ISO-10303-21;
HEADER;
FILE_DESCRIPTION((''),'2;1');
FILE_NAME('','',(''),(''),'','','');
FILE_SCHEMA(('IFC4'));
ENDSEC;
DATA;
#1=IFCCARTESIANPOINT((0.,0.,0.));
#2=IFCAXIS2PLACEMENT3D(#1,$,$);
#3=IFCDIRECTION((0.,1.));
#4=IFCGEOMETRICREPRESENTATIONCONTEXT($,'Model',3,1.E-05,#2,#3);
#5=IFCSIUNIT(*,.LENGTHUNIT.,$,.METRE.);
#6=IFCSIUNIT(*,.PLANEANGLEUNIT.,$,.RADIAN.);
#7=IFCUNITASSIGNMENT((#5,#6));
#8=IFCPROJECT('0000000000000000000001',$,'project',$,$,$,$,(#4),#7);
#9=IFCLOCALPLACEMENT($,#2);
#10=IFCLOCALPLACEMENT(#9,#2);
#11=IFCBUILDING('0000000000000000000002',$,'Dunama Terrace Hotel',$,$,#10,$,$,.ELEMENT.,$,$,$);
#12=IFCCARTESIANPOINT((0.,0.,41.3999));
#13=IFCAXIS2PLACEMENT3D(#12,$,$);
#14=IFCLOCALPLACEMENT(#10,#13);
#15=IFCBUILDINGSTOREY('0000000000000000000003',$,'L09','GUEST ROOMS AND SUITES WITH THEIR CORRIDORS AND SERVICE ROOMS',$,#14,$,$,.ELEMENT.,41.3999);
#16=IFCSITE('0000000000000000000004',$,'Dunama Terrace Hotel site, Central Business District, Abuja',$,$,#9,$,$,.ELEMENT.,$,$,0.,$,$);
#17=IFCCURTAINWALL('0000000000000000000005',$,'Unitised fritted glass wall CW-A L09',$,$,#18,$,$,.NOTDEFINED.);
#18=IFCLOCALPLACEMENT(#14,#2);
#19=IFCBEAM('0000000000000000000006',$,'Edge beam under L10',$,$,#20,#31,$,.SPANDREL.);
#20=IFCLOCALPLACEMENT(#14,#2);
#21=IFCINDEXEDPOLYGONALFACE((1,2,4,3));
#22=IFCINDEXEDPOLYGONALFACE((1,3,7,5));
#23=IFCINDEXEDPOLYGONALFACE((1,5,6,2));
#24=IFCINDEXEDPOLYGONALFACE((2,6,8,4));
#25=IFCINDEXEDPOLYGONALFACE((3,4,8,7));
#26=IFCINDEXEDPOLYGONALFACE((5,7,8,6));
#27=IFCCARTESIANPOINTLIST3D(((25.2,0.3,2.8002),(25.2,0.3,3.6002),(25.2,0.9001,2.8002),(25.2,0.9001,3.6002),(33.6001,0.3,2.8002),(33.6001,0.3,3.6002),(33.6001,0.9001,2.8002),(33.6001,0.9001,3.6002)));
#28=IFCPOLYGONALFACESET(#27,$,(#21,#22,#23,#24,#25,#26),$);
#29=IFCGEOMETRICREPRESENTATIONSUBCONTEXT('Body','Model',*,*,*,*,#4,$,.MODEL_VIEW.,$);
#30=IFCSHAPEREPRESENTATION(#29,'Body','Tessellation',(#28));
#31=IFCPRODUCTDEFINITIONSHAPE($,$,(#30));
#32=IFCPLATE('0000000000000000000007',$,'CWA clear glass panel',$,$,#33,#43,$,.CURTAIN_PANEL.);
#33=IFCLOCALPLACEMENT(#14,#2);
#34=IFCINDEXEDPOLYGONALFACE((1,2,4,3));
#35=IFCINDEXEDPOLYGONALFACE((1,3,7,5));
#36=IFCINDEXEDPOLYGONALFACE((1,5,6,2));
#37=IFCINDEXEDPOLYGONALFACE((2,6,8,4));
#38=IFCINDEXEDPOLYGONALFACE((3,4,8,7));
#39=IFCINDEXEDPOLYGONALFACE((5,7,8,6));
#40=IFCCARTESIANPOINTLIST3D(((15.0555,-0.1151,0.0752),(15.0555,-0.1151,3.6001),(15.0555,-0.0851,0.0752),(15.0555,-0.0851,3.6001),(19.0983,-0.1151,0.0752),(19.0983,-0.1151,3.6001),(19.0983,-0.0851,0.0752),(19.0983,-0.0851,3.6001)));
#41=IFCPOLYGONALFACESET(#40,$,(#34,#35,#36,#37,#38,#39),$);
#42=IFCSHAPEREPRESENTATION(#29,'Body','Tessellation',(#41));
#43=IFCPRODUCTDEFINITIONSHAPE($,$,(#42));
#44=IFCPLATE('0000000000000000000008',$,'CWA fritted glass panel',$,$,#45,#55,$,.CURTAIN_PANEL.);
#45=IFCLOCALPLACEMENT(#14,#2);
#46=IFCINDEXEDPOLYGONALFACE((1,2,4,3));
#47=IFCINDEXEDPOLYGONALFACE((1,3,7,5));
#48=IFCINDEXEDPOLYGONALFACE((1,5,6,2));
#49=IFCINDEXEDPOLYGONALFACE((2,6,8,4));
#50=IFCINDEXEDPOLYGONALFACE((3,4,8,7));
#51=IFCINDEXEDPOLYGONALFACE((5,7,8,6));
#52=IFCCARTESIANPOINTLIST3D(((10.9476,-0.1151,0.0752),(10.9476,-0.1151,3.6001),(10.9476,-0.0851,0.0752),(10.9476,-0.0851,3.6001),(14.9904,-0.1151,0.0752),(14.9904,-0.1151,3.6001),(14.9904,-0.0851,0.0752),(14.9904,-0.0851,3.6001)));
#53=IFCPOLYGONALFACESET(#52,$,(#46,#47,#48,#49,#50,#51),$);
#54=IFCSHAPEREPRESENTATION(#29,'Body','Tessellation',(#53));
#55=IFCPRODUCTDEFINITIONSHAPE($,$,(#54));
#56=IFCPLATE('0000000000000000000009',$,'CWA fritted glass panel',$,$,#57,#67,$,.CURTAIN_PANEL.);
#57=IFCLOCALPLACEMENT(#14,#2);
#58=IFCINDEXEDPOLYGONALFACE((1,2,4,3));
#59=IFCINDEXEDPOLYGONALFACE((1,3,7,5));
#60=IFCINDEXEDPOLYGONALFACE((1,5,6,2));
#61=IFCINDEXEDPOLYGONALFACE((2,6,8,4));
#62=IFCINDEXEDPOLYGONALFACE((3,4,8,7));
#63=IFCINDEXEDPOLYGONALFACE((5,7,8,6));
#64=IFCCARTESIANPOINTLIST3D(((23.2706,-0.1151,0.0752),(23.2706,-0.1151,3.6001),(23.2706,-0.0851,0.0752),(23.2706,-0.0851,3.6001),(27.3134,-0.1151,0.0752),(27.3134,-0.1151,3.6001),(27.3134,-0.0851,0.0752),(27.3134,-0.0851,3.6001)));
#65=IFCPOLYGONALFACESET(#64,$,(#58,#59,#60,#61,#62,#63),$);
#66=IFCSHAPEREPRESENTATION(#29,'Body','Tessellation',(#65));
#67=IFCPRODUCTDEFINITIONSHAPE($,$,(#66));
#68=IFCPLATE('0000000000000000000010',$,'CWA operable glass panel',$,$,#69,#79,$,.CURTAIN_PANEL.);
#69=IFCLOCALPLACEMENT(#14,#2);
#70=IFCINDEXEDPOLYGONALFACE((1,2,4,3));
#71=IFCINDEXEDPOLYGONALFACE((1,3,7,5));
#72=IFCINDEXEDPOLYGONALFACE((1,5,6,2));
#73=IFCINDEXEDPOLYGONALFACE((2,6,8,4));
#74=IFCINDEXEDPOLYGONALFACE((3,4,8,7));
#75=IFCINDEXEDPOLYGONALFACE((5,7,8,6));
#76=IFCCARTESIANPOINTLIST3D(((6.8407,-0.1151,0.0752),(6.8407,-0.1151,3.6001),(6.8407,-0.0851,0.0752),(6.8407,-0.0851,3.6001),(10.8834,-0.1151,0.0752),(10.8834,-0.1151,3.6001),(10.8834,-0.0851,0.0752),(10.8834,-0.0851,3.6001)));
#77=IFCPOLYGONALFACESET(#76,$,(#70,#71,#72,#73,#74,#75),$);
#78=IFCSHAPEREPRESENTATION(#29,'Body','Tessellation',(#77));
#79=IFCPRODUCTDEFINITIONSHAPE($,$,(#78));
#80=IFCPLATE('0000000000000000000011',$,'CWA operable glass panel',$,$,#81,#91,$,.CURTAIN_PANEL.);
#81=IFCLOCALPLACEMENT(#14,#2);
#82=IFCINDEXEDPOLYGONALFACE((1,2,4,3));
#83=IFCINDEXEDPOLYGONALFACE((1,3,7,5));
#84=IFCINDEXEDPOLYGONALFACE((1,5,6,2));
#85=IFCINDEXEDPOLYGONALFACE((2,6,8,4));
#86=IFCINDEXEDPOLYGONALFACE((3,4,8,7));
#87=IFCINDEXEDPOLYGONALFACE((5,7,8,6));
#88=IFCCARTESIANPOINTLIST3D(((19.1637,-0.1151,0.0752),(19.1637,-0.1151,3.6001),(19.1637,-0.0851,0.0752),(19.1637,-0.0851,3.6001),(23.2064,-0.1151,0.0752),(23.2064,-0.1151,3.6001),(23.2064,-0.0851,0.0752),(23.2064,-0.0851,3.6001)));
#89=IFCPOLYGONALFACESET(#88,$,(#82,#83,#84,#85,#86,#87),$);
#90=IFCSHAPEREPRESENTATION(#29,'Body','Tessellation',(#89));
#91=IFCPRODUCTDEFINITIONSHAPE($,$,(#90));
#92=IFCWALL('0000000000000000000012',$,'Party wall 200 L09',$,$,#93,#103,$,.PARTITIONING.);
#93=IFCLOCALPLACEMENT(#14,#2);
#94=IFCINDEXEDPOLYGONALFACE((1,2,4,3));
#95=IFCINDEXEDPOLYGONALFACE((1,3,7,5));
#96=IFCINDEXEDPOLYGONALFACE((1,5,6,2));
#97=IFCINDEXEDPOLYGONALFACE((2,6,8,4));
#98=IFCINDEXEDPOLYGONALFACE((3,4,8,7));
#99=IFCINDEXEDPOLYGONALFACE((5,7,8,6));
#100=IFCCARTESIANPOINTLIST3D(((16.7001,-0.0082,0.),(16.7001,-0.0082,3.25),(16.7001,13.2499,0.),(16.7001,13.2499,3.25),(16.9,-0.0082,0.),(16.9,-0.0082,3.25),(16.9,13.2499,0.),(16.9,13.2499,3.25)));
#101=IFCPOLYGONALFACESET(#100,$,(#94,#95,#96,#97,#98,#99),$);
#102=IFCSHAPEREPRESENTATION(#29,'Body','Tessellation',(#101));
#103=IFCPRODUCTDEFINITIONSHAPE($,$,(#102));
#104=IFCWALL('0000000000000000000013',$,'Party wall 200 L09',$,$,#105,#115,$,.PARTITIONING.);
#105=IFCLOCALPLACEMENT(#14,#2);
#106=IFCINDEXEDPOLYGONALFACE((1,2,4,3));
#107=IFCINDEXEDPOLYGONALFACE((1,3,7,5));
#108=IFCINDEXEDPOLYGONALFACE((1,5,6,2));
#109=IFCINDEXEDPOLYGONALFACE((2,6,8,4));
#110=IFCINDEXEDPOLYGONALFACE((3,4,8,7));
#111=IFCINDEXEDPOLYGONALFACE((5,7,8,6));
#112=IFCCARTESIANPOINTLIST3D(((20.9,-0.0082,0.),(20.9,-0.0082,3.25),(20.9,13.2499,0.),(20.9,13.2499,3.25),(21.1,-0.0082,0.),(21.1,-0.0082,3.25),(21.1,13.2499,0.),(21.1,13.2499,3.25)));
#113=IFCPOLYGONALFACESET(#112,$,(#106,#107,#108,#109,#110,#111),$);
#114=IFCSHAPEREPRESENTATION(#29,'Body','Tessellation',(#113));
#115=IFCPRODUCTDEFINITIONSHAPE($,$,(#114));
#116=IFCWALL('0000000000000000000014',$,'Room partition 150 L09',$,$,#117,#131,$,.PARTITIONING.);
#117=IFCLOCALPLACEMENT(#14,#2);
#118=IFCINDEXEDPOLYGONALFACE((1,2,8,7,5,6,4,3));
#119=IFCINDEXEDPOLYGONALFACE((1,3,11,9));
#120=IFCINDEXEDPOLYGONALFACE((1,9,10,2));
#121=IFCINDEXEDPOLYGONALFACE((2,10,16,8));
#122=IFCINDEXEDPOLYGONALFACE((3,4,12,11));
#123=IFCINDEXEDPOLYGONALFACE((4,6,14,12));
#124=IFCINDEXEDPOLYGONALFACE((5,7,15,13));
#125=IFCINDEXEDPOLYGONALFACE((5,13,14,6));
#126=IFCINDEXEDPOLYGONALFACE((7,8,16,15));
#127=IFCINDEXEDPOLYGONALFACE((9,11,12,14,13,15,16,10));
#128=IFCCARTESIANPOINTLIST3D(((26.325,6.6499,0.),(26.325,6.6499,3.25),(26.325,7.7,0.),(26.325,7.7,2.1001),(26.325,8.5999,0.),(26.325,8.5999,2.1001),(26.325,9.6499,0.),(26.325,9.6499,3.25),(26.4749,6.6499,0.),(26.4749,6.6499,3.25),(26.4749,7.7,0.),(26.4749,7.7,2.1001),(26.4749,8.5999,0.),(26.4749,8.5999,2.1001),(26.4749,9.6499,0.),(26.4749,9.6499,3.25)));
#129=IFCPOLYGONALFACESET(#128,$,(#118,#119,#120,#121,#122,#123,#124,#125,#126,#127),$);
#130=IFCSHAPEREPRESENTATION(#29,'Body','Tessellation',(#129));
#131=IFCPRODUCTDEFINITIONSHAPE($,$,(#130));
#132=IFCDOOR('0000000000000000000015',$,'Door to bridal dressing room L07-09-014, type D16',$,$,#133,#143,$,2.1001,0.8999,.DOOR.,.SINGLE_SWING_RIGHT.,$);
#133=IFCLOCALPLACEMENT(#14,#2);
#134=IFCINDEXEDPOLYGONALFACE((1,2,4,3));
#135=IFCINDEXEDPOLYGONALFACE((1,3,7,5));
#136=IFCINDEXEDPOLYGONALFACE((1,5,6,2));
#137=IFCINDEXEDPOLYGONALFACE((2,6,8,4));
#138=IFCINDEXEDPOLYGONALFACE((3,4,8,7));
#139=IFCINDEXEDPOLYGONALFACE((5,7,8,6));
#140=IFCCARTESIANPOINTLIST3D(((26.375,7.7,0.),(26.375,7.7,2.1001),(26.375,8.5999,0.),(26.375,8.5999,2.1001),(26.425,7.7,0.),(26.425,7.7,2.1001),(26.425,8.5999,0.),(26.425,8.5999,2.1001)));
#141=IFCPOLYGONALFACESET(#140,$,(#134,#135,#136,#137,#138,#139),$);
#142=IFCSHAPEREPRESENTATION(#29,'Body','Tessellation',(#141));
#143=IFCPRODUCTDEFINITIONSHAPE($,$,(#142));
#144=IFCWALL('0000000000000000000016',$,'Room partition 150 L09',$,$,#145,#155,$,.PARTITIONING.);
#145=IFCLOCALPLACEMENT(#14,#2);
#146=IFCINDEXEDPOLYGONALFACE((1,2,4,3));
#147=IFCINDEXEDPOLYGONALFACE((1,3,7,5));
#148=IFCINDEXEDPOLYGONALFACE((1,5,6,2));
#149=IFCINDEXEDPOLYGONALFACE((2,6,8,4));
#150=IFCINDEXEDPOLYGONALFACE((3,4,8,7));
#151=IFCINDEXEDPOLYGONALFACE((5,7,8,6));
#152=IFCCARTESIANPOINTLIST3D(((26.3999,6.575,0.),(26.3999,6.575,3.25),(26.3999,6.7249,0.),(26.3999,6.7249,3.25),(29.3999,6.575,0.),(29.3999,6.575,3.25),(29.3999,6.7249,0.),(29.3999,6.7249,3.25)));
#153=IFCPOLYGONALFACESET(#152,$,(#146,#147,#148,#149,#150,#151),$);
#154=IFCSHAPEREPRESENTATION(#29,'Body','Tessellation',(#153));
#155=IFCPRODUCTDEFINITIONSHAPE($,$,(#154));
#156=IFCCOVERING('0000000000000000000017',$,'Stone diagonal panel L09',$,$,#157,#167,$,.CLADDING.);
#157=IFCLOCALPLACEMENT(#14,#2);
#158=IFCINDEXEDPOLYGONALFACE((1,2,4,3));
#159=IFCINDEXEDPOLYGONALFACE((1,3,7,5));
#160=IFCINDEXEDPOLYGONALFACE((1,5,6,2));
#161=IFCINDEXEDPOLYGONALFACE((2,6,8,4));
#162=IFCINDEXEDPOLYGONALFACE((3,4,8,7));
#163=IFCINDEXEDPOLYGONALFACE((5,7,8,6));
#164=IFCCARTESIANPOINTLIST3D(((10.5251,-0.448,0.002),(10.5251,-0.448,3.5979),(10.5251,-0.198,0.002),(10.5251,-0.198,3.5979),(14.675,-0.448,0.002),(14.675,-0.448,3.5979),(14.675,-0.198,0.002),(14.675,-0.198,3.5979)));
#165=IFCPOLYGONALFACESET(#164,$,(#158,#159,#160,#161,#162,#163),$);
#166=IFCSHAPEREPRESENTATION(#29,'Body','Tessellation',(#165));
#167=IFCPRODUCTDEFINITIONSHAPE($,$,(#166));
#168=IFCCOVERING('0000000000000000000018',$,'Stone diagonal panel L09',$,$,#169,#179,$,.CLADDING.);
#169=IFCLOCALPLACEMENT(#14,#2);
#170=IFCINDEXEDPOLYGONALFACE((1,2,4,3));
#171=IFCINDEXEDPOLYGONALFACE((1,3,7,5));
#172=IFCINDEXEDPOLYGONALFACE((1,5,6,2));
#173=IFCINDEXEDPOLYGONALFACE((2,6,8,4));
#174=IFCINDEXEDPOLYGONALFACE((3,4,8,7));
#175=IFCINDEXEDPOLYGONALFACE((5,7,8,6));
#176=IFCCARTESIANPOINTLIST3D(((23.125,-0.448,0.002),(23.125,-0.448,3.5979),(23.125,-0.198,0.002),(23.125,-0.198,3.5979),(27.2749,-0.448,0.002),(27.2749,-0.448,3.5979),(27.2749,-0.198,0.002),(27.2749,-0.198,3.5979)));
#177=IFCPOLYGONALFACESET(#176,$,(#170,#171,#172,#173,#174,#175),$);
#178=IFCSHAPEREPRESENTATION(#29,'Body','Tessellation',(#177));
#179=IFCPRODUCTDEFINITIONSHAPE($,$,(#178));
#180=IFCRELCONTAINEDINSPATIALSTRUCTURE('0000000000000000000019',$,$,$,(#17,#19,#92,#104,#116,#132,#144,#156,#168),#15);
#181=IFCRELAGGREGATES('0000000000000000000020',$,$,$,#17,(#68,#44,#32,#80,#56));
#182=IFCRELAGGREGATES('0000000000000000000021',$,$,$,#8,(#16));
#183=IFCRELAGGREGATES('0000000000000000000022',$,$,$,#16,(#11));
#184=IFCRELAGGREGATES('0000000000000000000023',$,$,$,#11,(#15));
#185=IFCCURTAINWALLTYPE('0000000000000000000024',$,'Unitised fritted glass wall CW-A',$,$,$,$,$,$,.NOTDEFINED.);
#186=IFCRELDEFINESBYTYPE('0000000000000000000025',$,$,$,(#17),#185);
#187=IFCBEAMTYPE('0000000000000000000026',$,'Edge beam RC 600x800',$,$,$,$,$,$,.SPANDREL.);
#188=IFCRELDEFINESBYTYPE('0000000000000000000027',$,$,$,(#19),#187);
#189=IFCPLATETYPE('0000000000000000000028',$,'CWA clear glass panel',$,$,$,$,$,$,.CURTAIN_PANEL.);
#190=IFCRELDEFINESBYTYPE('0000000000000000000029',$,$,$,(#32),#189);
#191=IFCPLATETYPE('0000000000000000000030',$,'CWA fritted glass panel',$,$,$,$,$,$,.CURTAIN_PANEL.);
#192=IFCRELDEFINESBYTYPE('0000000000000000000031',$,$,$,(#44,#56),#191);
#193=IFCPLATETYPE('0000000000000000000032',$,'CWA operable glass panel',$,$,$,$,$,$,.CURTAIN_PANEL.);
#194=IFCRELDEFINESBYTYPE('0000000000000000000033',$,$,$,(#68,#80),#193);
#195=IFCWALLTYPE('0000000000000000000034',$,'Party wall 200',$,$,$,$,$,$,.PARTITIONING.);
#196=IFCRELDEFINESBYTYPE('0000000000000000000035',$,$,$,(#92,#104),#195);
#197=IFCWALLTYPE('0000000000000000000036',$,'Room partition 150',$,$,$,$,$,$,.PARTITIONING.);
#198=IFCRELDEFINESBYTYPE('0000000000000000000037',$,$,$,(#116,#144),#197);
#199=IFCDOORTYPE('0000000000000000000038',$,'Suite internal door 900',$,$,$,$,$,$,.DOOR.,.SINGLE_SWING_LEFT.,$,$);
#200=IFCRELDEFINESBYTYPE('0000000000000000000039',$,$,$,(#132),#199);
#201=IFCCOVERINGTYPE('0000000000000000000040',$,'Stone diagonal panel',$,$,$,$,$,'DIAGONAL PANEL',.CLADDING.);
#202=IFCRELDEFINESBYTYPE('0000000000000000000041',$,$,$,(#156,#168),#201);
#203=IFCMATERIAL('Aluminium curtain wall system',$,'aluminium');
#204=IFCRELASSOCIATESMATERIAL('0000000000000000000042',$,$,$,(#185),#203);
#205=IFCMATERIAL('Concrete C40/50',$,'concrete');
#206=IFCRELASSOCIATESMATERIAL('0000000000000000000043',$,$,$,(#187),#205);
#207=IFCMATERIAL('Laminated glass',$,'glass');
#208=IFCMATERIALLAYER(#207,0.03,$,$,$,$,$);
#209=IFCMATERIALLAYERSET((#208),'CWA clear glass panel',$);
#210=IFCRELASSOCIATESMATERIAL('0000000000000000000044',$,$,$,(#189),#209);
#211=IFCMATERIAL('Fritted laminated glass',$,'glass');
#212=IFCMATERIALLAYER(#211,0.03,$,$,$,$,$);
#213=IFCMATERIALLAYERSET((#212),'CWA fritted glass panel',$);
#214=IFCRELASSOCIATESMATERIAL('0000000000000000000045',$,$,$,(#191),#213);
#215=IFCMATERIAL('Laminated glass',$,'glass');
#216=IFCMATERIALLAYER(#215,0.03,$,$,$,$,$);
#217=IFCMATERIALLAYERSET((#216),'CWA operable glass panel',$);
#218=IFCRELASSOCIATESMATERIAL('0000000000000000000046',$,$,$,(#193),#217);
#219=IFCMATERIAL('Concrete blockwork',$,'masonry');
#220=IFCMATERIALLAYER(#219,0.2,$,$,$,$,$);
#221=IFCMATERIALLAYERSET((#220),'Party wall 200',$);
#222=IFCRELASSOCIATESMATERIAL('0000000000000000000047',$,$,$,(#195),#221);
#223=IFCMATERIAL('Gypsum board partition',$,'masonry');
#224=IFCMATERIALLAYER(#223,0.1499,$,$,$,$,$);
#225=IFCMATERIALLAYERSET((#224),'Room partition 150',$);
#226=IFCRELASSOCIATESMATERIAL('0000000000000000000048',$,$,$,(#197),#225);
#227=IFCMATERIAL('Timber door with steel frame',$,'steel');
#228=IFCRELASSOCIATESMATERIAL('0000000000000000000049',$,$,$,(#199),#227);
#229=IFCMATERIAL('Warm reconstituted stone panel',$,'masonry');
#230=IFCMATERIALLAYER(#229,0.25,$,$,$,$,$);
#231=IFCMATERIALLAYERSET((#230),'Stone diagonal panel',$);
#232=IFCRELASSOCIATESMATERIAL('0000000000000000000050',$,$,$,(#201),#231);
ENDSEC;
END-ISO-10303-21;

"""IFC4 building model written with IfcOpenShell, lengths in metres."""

from ifc_helpers import new_model, si_unit, direction, frame, frame_2d, origin, origin_2d, place, context, subcontext, project, spatial, rectangle, extrude, material, layer, layer_set, material_profile, profile_set, type_object, element, fill, aggregate, save


model = new_model("IFC4")

# Units and contexts
model_context = context("Model", 3, precision=1e-05, world=origin(), true_north=direction((0.0, 1.0)))
body_context = subcontext(model_context, "Body", "Model", "MODEL_VIEW")
ifc_project = project(units=[si_unit("LENGTHUNIT", "METRE"), si_unit("PLANEANGLEUNIT", "RADIAN")], contexts=[model_context])

# Site, building, storey
site_placement = place(None, origin())
site = spatial("IfcSite", under=ifc_project, at=site_placement, Name="Dunama Terrace Hotel site, Central Business District, Abuja", CompositionType="ELEMENT", RefElevation=0.0)
building_placement = place(site_placement, origin())
building = spatial("IfcBuilding", under=site, at=building_placement, Name="Dunama Terrace Hotel", CompositionType="ELEMENT")
storey_placement = place(building_placement, frame((0.0, 0.0, 41.3999)))
storey = spatial("IfcBuildingStorey", under=building, at=storey_placement, Name="L09", Description="GUEST ROOMS AND SUITES WITH THEIR CORRIDORS AND SERVICE ROOMS", CompositionType="ELEMENT", Elevation=41.3999)

# Curtain wall
ifc_material_1 = material(Name="Aluminium curtain wall system", Category="aluminium")
curtain_wall_type = type_object("IfcCurtainWallType", Name="Unitised fritted glass wall CW-A", PredefinedType="NOTDEFINED", material=ifc_material_1)
curtain_wall_placement = place(storey_placement, origin())
curtain_wall = element("IfcCurtainWall", 1, at=curtain_wall_placement, inside=storey, type_object=curtain_wall_type, Name="Unitised fritted glass wall CW-A L09", PredefinedType="NOTDEFINED")

# Beam
ifc_material_2 = material(Name="Concrete C40/50", Category="concrete")
ifc_material_profile_1 = material_profile(ifc_material_2, rectangle(XDim=0.6001, YDim=0.8, at=origin_2d()), Name="RC 600x800")
ifc_profile_set_1 = profile_set([ifc_material_profile_1], Name="Concrete C40/50")
beam_type = type_object("IfcBeamType", Name="Edge beam RC 600x800", PredefinedType="SPANDREL", material=ifc_profile_set_1)
beam_1_placement = place(storey_placement, frame((25.2, 0.6001, 3.2002), z_axis=(1.0, 0.0, 0.0), x_axis=(0.0, 1.0, 0.0)))
element("IfcBeam", 2, at=beam_1_placement, inside=storey, type_object=beam_type, Name="Edge beam under L10", PredefinedType="SPANDREL", context=body_context, shape_type="SweptSolid", body=[
    extrude(rectangle(XDim=0.6001, YDim=0.8, at=origin_2d()), origin(), (0.0, 0.0, 1.0), 8.4001),
])

# Plates
ifc_material_3 = material(Name="Laminated glass", Category="glass")
ifc_layer_1 = layer(ifc_material_3, 0.03)
ifc_layer_set_1 = layer_set([ifc_layer_1], Name="CWA clear glass panel")
plate_type_1 = type_object("IfcPlateType", Name="CWA clear glass panel", PredefinedType="CURTAIN_PANEL", material=ifc_layer_set_1)
plate_1_placement = place(storey_placement, frame((17.0769, -0.1001, 0.0752), z_axis=(0.0, 0.0, 1.0), x_axis=(1.0, 0.0, 0.0)))
plate_1 = element("IfcPlate", 3, at=plate_1_placement, type_object=plate_type_1, Name="CWA clear glass panel", PredefinedType="CURTAIN_PANEL", context=body_context, shape_type="SweptSolid", body=[
    extrude(rectangle(XDim=4.0427, YDim=0.03, at=origin_2d()), origin(), (0.0, 0.0, 1.0), 3.5249),
])
ifc_material_4 = material(Name="Fritted laminated glass", Category="glass")
ifc_layer_2 = layer(ifc_material_4, 0.03)
ifc_layer_set_2 = layer_set([ifc_layer_2], Name="CWA fritted glass panel")
plate_type_2 = type_object("IfcPlateType", Name="CWA fritted glass panel", PredefinedType="CURTAIN_PANEL", material=ifc_layer_set_2)
plate_2_placement = place(storey_placement, frame((12.969, -0.1001, 0.0752), z_axis=(0.0, 0.0, 1.0), x_axis=(1.0, 0.0, 0.0)))
plate_2 = element("IfcPlate", 4, at=plate_2_placement, type_object=plate_type_2, Name="CWA fritted glass panel", PredefinedType="CURTAIN_PANEL", context=body_context, shape_type="SweptSolid", body=[
    extrude(rectangle(XDim=4.0427, YDim=0.03, at=origin_2d()), origin(), (0.0, 0.0, 1.0), 3.5249),
])
plate_3_placement = place(storey_placement, frame((25.292, -0.1001, 0.0752), z_axis=(0.0, 0.0, 1.0), x_axis=(1.0, 0.0, 0.0)))
plate_3 = element("IfcPlate", 5, at=plate_3_placement, type_object=plate_type_2, Name="CWA fritted glass panel", PredefinedType="CURTAIN_PANEL", context=body_context, shape_type="SweptSolid", body=[
    extrude(rectangle(XDim=4.0427, YDim=0.03, at=origin_2d()), origin(), (0.0, 0.0, 1.0), 3.5249),
])
ifc_material_5 = material(Name="Laminated glass", Category="glass")
ifc_layer_3 = layer(ifc_material_5, 0.03)
ifc_layer_set_3 = layer_set([ifc_layer_3], Name="CWA operable glass panel")
plate_type_3 = type_object("IfcPlateType", Name="CWA operable glass panel", PredefinedType="CURTAIN_PANEL", material=ifc_layer_set_3)
plate_4_placement = place(storey_placement, frame((8.8621, -0.1001, 0.0752), z_axis=(0.0, 0.0, 1.0), x_axis=(1.0, 0.0, 0.0)))
plate_4 = element("IfcPlate", 6, at=plate_4_placement, type_object=plate_type_3, Name="CWA operable glass panel", PredefinedType="CURTAIN_PANEL", context=body_context, shape_type="SweptSolid", body=[
    extrude(rectangle(XDim=4.0427, YDim=0.03, at=origin_2d()), origin(), (0.0, 0.0, 1.0), 3.5249),
])
plate_5_placement = place(storey_placement, frame((21.1851, -0.1001, 0.0752), z_axis=(0.0, 0.0, 1.0), x_axis=(1.0, 0.0, 0.0)))
plate_5 = element("IfcPlate", 7, at=plate_5_placement, type_object=plate_type_3, Name="CWA operable glass panel", PredefinedType="CURTAIN_PANEL", context=body_context, shape_type="SweptSolid", body=[
    extrude(rectangle(XDim=4.0427, YDim=0.03, at=origin_2d()), origin(), (0.0, 0.0, 1.0), 3.5249),
])
aggregate(curtain_wall, [plate_4, plate_2, plate_1, plate_5, plate_3])

# Walls
ifc_material_6 = material(Name="Concrete blockwork", Category="masonry")
ifc_layer_4 = layer(ifc_material_6, 0.2)
ifc_layer_set_4 = layer_set([ifc_layer_4], Name="Party wall 200")
wall_type_1 = type_object("IfcWallType", Name="Party wall 200", PredefinedType="PARTITIONING", material=ifc_layer_set_4)
for number, where, z_axis, x_axis, name in (
    (8, (16.8, -0.0081, 0.0), (0.0, 0.0, 1.0), (0.0, 1.0, 0.0), "Party wall 200 L09"),
    (9, (21.0, -0.0081, 0.0), (0.0, 0.0, 1.0), (0.0, 1.0, 0.0), "Party wall 200 L09"),
):
    element("IfcWall", number, at=place(storey_placement, frame(where, z_axis=z_axis, x_axis=x_axis)), inside=storey, type_object=wall_type_1, Name=name, PredefinedType="PARTITIONING", context=body_context, shape_type="SweptSolid", body=[
        extrude(rectangle(XDim=13.2581, YDim=0.2, at=frame_2d((6.6289, 0.0))), origin(), (0.0, 0.0, 1.0), 3.25),
    ])

# Wall, opening, door
ifc_material_7 = material(Name="Gypsum board partition", Category="masonry")
ifc_layer_5 = layer(ifc_material_7, 0.1499)
ifc_layer_set_5 = layer_set([ifc_layer_5], Name="Room partition 150")
wall_type_2 = type_object("IfcWallType", Name="Room partition 150", PredefinedType="PARTITIONING", material=ifc_layer_set_5)
wall_1_placement = place(storey_placement, frame((26.3999, 6.6499, 0.0), z_axis=(0.0, 0.0, 1.0), x_axis=(0.0, 1.0, 0.0)))
wall_1 = element("IfcWall", 10, at=wall_1_placement, inside=storey, type_object=wall_type_2, Name="Room partition 150 L09", PredefinedType="PARTITIONING", context=body_context, shape_type="SweptSolid", body=[
    extrude(rectangle(XDim=3.0, YDim=0.1499, at=frame_2d((1.5, 0.0))), origin(), (0.0, 0.0, 1.0), 3.25),
])
opening_placement = place(wall_1_placement, frame((1.05, 0.0, 0.0)))
opening = element("IfcOpeningElement", 11, at=opening_placement, cuts=wall_1, PredefinedType="OPENING", context=body_context, shape_type="SweptSolid", body=[
    extrude(rectangle(XDim=0.8999, YDim=2.1001, at=frame_2d((0.45, 1.05))), frame((0.0, 0.085, 0.0), z_axis=(0.0, -1.0, 0.0), x_axis=(1.0, 0.0, 0.0)), (0.0, 0.0, 1.0), 0.1699),
])
ifc_material_8 = material(Name="Timber door with steel frame", Category="steel")
door_type = type_object("IfcDoorType", Name="Suite internal door 900", OperationType="SINGLE_SWING_LEFT", PredefinedType="DOOR", material=ifc_material_8)
door_placement = place(opening_placement, frame((0.8999, 0.0, 0.0), z_axis=(0.0, 0.0, 1.0), x_axis=(-1.0, 0.0, 0.0)))
door = element("IfcDoor", 12, at=door_placement, inside=storey, type_object=door_type, Name="Door to bridal dressing room L07-09-014, type D16", OperationType="SINGLE_SWING_RIGHT", OverallHeight=2.1001, OverallWidth=0.8999, PredefinedType="DOOR", context=body_context, shape_type="SweptSolid", body=[
    extrude(rectangle(XDim=0.8999, YDim=2.1001, at=frame_2d((0.45, 1.05))), frame((0.0, 0.0251, 0.0), z_axis=(0.0, -1.0, 0.0), x_axis=(1.0, 0.0, 0.0)), (0.0, 0.0, 1.0), 0.05),
])
fill(opening, door)

# Wall
wall_2_placement = place(storey_placement, frame((26.3999, 6.6499, 0.0), z_axis=(0.0, 0.0, 1.0), x_axis=(1.0, 0.0, 0.0)))
element("IfcWall", 13, at=wall_2_placement, inside=storey, type_object=wall_type_2, Name="Room partition 150 L09", PredefinedType="PARTITIONING", context=body_context, shape_type="SweptSolid", body=[
    extrude(rectangle(XDim=3.0, YDim=0.1499, at=frame_2d((1.5, 0.0))), origin(), (0.0, 0.0, 1.0), 3.25),
])

# Coverings
ifc_material_9 = material(Name="Warm reconstituted stone panel", Category="masonry")
ifc_layer_6 = layer(ifc_material_9, 0.25)
ifc_layer_set_6 = layer_set([ifc_layer_6], Name="Stone diagonal panel")
covering_type = type_object("IfcCoveringType", Name="Stone diagonal panel", ElementType="DIAGONAL PANEL", PredefinedType="CLADDING", material=ifc_layer_set_6)
for number, where, z_axis, x_axis, name in (
    (14, (12.6001, -0.323, 0.002), (0.0, 0.0, 1.0), (1.0, 0.0, 0.0), "Stone diagonal panel L09"),
    (15, (25.2, -0.323, 0.002), (0.0, 0.0, 1.0), (1.0, 0.0, 0.0), "Stone diagonal panel L09"),
):
    element("IfcCovering", number, at=place(storey_placement, frame(where, z_axis=z_axis, x_axis=x_axis)), inside=storey, type_object=covering_type, Name=name, PredefinedType="CLADDING", context=body_context, shape_type="SweptSolid", body=[
        extrude(rectangle(XDim=4.1499, YDim=0.25, at=origin_2d()), origin(), (0.0, 0.0, 1.0), 3.5959),
    ])

save(model, "model.ifc")
